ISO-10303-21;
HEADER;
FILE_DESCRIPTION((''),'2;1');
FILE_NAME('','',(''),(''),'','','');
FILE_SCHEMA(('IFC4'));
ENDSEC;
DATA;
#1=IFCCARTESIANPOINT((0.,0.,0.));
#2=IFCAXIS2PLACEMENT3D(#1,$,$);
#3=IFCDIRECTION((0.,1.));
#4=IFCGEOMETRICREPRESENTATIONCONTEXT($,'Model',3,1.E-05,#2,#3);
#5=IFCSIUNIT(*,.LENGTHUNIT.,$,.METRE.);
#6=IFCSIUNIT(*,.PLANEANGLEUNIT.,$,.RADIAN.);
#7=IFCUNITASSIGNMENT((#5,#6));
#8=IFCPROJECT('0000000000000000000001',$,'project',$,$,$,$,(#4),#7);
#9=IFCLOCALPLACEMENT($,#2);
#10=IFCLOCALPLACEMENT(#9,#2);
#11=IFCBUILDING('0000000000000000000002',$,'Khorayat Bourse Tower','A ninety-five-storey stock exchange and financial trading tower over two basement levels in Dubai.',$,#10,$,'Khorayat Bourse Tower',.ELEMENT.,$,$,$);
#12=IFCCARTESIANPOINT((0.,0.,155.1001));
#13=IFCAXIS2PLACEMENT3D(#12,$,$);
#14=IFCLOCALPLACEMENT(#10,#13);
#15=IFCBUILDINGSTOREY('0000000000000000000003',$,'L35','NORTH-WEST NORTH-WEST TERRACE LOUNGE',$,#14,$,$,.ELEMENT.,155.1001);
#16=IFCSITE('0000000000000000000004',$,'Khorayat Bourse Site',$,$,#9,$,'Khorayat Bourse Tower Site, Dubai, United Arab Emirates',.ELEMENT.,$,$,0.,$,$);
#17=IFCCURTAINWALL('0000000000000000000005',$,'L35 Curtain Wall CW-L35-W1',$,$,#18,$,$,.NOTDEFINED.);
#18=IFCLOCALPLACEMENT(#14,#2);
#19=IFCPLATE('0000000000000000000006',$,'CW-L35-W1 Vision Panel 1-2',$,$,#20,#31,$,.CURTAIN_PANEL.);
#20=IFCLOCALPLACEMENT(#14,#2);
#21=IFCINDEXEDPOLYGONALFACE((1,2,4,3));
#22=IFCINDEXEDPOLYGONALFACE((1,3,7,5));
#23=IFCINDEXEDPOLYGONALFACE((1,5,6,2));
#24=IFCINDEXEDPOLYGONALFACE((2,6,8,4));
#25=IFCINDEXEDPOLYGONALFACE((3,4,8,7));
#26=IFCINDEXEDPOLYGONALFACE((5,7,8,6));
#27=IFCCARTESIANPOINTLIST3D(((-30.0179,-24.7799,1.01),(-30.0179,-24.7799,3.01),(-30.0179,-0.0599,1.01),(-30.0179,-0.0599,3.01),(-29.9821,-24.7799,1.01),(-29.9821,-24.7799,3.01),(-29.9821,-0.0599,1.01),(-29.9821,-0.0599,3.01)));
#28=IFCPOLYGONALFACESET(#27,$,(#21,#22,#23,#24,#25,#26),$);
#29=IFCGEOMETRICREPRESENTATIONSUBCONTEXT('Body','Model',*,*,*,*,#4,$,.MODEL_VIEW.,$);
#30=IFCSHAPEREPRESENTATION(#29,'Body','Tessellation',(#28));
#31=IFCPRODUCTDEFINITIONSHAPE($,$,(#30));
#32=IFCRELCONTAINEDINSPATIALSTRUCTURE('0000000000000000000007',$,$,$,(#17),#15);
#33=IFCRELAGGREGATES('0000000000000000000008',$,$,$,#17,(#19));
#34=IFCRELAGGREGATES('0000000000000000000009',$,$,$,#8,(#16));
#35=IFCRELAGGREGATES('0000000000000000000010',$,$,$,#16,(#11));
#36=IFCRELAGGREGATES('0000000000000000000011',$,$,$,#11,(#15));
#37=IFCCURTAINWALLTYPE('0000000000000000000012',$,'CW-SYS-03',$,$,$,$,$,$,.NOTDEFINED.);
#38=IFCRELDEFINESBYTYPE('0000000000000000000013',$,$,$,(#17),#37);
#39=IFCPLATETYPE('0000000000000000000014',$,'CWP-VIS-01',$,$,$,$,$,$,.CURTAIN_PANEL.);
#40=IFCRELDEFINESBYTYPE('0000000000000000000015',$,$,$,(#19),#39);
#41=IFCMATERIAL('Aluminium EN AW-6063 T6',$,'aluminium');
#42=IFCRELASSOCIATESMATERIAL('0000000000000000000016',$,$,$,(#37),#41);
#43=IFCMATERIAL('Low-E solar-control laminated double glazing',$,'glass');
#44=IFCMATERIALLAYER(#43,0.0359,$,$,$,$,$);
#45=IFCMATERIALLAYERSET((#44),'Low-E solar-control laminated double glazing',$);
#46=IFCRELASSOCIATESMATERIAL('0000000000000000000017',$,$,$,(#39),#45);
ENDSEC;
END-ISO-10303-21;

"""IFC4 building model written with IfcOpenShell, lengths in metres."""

from ifc_helpers import new_model, si_unit, direction, frame, origin, origin_2d, place, context, subcontext, project, spatial, rectangle, extrude, source, transform, mapped, material, layer, layer_set, type_object, element, aggregate, save


model = new_model("IFC4")

# Units and contexts
model_context = context("Model", 3, precision=1e-05, world=origin(), true_north=direction((0.0, 1.0)))
body_context = subcontext(model_context, "Body", "Model", "MODEL_VIEW")
ifc_project = project(units=[si_unit("LENGTHUNIT", "METRE"), si_unit("PLANEANGLEUNIT", "RADIAN")], contexts=[model_context])

# Site, building, storey
site_placement = place(None, origin())
site = spatial("IfcSite", under=ifc_project, at=site_placement, Name="Khorayat Bourse Site", LongName="Khorayat Bourse Tower Site, Dubai, United Arab Emirates", CompositionType="ELEMENT", RefElevation=0.0)
building_placement = place(site_placement, origin())
building = spatial("IfcBuilding", under=site, at=building_placement, Name="Khorayat Bourse Tower", Description="A ninety-five-storey stock exchange and financial trading tower over two basement levels in Dubai.", LongName="Khorayat Bourse Tower", CompositionType="ELEMENT")
storey_placement = place(building_placement, frame((0.0, 0.0, 155.1001)))
storey = spatial("IfcBuildingStorey", under=building, at=storey_placement, Name="L35", Description="NORTH-WEST NORTH-WEST TERRACE LOUNGE", CompositionType="ELEMENT", Elevation=155.1001)

# Curtain wall
ifc_material_1 = material(Name="Aluminium EN AW-6063 T6", Category="aluminium")
curtain_wall_type = type_object("IfcCurtainWallType", Name="CW-SYS-03", PredefinedType="NOTDEFINED", material=ifc_material_1)
curtain_wall_placement = place(storey_placement, origin())
curtain_wall = element("IfcCurtainWall", 1, at=curtain_wall_placement, inside=storey, type_object=curtain_wall_type, Name="L35 Curtain Wall CW-L35-W1", PredefinedType="NOTDEFINED")

# Plate
ifc_material_2 = material(Name="Low-E solar-control laminated double glazing", Category="glass")
ifc_layer_1 = layer(ifc_material_2, 0.0359)
ifc_layer_set_1 = layer_set([ifc_layer_1], Name="Low-E solar-control laminated double glazing")
plate_type_1 = type_object("IfcPlateType", Name="CWP-VIS-01", PredefinedType="CURTAIN_PANEL", material=ifc_layer_set_1)
shared_shape_1 = source(origin(), body_context, "Body", "SweptSolid", [
    extrude(rectangle(XDim=24.72, YDim=0.0359, at=origin_2d()), origin(), (0.0, 0.0, 1.0), 2.0),
])
plate_1_placement = place(storey_placement, frame((-30.0, -12.4199, 1.01), z_axis=(0.0, 0.0, 1.0), x_axis=(0.0, 1.0, 0.0)))
plate_1 = element("IfcPlate", 2, at=plate_1_placement, type_object=plate_type_1, Name="CW-L35-W1 Vision Panel 1-2", PredefinedType="CURTAIN_PANEL", context=body_context, shape_type="MappedRepresentation", body=[
    mapped(shared_shape_1, transform((0.0, 0.0, 0.0), scale=1.0)),
])
aggregate(curtain_wall, [plate_1])

save(model, "model.ifc")
